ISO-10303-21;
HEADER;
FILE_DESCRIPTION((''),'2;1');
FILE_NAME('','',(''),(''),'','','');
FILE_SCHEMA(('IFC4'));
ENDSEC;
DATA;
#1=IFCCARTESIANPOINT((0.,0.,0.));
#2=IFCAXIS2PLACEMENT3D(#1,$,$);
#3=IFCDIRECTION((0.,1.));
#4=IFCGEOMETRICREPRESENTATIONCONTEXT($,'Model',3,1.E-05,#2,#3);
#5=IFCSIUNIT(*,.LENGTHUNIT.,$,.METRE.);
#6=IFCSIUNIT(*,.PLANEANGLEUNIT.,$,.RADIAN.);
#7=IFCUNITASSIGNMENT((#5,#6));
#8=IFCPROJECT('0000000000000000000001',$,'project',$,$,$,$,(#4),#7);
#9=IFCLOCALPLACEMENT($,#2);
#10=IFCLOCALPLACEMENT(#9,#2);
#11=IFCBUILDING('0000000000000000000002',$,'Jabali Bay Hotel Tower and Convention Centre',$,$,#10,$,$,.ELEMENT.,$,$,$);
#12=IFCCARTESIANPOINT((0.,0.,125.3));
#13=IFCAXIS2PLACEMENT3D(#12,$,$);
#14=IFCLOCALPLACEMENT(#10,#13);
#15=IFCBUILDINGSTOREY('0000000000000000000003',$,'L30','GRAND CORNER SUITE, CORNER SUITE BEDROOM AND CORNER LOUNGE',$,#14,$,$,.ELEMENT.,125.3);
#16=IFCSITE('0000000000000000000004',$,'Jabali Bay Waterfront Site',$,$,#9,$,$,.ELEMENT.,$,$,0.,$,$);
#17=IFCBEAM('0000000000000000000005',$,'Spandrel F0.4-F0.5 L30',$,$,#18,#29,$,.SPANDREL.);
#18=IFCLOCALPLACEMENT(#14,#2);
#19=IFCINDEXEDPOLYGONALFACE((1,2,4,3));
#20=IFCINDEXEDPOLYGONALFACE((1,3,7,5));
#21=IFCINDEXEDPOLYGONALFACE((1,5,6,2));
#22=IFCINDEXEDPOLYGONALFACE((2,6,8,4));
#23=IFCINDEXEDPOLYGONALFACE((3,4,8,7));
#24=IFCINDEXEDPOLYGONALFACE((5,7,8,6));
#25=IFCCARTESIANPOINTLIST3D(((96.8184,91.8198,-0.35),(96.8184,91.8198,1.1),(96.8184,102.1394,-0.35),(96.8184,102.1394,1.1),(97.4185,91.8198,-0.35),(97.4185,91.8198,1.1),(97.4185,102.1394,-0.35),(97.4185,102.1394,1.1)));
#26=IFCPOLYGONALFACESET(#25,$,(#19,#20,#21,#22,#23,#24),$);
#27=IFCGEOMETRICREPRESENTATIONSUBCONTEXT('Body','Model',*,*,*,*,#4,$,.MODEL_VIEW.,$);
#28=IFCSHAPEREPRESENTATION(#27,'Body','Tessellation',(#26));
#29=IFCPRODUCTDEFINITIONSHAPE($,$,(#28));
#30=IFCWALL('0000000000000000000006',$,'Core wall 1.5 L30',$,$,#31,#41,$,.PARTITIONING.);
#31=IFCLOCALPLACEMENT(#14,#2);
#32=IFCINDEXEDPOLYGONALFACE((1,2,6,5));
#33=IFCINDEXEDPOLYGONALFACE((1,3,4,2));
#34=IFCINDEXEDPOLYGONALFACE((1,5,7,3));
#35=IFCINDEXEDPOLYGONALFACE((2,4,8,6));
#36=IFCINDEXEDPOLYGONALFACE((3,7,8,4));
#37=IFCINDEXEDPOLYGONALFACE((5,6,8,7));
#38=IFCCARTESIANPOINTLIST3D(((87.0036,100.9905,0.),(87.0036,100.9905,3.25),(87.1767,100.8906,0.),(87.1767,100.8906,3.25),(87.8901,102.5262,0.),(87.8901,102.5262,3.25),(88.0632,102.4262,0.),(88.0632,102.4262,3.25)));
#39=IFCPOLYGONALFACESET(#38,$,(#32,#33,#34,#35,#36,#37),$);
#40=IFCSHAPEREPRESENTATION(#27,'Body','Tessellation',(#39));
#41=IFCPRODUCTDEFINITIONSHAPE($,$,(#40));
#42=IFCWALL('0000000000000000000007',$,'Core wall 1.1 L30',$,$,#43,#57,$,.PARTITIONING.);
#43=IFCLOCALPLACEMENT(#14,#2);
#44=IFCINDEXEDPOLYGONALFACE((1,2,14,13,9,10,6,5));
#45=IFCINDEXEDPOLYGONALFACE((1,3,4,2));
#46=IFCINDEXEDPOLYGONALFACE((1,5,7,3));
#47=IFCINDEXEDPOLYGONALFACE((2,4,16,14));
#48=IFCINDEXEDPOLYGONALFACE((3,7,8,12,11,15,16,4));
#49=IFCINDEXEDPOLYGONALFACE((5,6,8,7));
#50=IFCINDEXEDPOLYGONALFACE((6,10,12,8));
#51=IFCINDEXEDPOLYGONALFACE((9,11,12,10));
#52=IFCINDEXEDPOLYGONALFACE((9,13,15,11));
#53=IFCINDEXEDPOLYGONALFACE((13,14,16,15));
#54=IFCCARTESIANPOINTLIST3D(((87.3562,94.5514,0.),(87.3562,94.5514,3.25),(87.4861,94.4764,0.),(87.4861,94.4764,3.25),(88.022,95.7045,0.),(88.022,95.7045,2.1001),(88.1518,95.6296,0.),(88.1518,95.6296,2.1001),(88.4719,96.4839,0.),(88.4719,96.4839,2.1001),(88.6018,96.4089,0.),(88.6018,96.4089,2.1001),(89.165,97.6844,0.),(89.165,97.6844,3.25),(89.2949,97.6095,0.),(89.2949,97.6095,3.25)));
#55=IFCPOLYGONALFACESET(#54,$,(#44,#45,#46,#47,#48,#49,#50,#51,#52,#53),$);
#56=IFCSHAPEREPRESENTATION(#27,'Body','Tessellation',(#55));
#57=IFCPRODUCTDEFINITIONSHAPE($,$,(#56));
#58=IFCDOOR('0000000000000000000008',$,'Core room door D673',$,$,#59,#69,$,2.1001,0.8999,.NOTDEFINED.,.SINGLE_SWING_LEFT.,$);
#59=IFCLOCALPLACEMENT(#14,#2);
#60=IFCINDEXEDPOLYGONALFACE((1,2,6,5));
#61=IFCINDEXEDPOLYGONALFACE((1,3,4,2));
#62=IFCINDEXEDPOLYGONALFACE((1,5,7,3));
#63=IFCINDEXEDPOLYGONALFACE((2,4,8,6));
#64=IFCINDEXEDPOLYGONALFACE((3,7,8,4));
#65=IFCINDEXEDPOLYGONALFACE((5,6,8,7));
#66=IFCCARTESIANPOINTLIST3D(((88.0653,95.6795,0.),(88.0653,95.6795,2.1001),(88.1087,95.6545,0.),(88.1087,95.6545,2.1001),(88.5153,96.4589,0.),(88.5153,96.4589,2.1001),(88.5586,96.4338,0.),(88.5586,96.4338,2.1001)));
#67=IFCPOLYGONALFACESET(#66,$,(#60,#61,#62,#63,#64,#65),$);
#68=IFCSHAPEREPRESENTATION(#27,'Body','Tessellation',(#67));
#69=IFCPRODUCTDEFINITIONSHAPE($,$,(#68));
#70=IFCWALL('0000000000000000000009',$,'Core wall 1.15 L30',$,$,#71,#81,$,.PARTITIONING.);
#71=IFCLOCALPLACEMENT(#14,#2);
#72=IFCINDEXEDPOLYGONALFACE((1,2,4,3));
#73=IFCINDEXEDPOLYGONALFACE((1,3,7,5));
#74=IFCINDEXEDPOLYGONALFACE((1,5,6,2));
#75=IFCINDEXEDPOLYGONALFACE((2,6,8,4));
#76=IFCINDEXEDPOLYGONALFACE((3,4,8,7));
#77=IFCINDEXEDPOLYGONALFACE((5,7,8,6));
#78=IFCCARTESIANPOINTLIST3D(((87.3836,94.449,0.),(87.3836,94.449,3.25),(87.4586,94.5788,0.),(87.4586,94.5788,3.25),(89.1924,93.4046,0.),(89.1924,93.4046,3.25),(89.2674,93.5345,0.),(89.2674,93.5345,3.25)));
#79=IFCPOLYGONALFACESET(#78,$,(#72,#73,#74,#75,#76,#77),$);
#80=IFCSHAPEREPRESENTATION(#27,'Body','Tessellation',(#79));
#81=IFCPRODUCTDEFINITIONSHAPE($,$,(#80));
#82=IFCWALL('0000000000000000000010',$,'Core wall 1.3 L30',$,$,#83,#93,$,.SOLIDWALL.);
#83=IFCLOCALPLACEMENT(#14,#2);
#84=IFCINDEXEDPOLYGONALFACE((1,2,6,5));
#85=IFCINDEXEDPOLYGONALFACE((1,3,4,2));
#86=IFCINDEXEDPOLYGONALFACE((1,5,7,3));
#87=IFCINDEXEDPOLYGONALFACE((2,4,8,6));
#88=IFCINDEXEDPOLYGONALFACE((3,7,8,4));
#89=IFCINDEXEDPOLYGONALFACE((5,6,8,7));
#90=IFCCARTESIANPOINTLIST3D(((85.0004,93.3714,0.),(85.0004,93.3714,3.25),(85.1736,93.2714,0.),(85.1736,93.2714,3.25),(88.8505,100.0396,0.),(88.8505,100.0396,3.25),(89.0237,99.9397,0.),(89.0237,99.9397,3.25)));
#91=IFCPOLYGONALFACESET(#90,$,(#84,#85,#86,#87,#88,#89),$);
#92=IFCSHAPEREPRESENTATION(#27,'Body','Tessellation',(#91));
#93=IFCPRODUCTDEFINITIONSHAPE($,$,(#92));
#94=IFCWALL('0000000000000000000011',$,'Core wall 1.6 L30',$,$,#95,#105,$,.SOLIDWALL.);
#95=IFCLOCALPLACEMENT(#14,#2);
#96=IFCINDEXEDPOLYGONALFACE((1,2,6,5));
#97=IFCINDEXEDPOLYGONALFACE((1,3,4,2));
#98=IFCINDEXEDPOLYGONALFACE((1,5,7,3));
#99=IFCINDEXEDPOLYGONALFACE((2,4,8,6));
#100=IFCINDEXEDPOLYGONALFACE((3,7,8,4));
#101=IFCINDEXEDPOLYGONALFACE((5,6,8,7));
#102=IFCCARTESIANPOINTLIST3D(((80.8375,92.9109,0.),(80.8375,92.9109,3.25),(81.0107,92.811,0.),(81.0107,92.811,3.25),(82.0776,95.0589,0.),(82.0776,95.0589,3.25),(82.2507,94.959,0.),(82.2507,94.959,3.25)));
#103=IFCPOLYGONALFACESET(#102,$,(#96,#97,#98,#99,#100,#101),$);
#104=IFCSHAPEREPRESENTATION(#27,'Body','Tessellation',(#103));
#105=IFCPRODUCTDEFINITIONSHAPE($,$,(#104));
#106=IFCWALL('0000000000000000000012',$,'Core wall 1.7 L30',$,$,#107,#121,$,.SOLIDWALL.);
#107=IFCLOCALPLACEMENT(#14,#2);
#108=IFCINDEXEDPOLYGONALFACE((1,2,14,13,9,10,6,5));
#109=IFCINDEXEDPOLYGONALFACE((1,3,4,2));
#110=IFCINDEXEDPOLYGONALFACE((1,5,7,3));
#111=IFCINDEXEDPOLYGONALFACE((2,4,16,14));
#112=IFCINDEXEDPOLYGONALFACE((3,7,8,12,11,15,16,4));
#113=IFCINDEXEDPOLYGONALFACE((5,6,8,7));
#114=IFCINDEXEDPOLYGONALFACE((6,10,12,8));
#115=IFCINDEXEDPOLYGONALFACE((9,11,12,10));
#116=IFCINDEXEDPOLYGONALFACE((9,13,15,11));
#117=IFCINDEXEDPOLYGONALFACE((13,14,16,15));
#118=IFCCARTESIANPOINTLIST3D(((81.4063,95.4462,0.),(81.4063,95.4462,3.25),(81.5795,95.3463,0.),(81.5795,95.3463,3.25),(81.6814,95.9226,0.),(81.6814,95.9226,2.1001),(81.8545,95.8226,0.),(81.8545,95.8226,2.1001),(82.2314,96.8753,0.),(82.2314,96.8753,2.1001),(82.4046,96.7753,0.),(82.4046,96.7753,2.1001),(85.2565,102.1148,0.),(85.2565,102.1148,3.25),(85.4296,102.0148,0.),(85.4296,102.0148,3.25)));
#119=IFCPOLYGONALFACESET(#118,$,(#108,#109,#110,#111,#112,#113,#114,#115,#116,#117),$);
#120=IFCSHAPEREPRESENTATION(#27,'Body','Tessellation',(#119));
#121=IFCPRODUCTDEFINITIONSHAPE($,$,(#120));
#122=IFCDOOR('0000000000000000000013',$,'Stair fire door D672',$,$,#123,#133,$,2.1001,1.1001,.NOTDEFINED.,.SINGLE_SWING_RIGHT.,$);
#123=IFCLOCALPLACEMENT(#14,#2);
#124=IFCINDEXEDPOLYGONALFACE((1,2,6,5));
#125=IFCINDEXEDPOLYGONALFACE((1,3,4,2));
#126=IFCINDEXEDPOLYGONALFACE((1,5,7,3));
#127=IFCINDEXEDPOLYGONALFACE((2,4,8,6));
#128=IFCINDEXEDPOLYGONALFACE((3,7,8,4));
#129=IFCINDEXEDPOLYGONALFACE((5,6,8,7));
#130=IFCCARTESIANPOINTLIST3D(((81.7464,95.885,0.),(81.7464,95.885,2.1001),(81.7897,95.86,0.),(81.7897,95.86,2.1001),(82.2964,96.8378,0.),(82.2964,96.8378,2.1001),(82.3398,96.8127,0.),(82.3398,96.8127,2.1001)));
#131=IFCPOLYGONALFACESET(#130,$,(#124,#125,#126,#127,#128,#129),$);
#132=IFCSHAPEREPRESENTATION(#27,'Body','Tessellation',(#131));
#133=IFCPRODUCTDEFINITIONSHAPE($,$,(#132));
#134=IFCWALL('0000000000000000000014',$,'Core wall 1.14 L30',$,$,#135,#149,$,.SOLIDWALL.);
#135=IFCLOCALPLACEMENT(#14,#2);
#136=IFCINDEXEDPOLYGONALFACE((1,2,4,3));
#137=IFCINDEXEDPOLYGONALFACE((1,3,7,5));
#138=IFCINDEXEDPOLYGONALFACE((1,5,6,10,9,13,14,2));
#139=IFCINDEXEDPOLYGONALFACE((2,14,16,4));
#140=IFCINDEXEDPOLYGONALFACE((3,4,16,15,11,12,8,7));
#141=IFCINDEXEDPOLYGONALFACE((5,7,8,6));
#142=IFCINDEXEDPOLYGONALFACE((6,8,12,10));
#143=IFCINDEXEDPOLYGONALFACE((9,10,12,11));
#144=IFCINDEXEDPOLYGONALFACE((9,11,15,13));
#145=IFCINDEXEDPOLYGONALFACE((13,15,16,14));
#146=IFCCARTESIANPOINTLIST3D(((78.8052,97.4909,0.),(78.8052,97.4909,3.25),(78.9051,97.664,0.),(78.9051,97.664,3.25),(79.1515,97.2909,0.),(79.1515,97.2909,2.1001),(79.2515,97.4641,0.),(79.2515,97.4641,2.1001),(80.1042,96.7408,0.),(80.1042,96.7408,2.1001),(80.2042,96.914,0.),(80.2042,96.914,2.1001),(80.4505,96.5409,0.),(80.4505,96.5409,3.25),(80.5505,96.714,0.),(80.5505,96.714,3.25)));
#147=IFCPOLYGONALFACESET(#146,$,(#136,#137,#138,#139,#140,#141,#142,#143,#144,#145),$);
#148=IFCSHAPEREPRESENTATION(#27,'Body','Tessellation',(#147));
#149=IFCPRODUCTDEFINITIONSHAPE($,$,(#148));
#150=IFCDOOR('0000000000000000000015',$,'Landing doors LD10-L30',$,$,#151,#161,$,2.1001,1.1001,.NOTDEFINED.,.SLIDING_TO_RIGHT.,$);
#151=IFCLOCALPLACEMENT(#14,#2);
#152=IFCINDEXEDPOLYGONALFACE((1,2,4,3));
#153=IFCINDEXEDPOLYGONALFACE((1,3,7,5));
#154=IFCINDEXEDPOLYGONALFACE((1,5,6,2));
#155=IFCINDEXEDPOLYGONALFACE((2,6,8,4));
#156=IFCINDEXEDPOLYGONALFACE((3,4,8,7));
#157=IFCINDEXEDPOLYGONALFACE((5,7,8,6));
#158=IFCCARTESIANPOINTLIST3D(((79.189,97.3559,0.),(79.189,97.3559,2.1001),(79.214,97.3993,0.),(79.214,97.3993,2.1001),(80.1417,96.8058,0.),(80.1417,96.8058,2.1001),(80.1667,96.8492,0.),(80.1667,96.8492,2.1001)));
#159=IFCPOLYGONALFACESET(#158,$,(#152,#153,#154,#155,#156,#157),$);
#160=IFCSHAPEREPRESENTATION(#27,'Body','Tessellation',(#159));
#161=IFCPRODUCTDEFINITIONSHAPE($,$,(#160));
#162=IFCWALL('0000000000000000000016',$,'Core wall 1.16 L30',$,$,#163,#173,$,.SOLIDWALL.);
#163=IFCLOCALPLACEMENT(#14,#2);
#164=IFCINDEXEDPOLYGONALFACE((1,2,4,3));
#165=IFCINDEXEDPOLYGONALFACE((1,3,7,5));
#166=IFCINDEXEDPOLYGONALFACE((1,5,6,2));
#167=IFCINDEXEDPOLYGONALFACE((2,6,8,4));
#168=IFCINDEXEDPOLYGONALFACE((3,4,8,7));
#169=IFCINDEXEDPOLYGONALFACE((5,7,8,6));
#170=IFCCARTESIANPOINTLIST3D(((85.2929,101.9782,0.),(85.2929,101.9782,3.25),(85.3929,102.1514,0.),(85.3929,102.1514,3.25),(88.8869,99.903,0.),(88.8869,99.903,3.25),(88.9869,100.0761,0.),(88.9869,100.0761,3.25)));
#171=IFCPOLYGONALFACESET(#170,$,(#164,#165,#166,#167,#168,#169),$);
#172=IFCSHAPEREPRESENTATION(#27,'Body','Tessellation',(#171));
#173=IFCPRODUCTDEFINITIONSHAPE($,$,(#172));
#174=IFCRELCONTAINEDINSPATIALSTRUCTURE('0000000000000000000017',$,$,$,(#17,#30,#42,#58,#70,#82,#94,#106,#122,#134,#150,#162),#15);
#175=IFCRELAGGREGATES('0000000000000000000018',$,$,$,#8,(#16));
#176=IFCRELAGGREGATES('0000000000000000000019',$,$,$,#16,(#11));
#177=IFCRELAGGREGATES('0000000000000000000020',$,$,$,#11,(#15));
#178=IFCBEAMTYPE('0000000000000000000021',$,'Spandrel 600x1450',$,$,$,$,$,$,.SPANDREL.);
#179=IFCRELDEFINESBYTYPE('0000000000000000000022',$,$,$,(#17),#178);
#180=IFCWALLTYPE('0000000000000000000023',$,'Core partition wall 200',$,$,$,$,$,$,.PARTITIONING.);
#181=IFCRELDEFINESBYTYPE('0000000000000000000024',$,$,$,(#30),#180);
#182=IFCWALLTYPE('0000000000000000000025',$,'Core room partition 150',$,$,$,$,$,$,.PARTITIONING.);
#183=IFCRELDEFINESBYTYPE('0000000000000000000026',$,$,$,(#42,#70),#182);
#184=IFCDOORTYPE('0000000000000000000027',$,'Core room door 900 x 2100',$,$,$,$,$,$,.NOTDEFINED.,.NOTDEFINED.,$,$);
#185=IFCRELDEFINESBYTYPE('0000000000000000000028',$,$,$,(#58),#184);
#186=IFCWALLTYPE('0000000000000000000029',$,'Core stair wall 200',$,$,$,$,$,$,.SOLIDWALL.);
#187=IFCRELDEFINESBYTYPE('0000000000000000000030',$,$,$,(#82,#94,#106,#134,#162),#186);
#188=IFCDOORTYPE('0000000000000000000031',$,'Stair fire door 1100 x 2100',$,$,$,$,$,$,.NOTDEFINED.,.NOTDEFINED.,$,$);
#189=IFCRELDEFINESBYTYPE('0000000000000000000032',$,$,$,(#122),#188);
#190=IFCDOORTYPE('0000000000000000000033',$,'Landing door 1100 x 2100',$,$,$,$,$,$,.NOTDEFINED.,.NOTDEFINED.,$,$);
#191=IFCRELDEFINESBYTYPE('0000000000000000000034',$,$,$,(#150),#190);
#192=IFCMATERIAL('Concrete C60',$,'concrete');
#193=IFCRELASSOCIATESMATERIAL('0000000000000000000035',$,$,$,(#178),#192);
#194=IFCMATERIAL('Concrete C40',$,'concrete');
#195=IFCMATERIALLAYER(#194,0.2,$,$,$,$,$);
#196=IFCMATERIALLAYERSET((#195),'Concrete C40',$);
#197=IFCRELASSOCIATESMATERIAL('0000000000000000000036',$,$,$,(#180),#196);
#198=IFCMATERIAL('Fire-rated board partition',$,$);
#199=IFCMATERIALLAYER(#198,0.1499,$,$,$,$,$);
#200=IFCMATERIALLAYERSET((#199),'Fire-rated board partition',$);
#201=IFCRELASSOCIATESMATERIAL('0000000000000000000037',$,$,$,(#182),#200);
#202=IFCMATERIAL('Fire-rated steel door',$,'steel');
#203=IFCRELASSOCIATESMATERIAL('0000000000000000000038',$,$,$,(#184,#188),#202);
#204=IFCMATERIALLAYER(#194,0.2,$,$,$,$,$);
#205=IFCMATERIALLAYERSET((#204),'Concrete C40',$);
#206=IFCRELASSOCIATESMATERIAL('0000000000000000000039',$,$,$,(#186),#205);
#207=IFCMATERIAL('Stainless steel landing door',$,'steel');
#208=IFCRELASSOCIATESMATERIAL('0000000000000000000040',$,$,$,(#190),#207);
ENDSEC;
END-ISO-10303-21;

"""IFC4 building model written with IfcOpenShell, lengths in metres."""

from ifc_helpers import new_model, si_unit, direction, frame, frame_2d, origin, origin_2d, place, context, subcontext, project, spatial, rectangle, extrude, material, layer, layer_set, material_profile, profile_set, type_object, element, fill, save


model = new_model("IFC4")

# Units and contexts
model_context = context("Model", 3, precision=1e-05, world=origin(), true_north=direction((0.0, 1.0)))
body_context = subcontext(model_context, "Body", "Model", "MODEL_VIEW")
ifc_project = project(units=[si_unit("LENGTHUNIT", "METRE"), si_unit("PLANEANGLEUNIT", "RADIAN")], contexts=[model_context])

# Site, building, storey
site_placement = place(None, origin())
site = spatial("IfcSite", under=ifc_project, at=site_placement, Name="Jabali Bay Waterfront Site", CompositionType="ELEMENT", RefElevation=0.0)
building_placement = place(site_placement, origin())
building = spatial("IfcBuilding", under=site, at=building_placement, Name="Jabali Bay Hotel Tower and Convention Centre", CompositionType="ELEMENT")
storey_placement = place(building_placement, frame((0.0, 0.0, 125.3)))
storey = spatial("IfcBuildingStorey", under=building, at=storey_placement, Name="L30", Description="GRAND CORNER SUITE, CORNER SUITE BEDROOM AND CORNER LOUNGE", CompositionType="ELEMENT", Elevation=125.3)

# Beam
ifc_material_1 = material(Name="Concrete C60", Category="concrete")
ifc_material_profile = material_profile(ifc_material_1, rectangle(XDim=0.6001, YDim=1.45, at=origin_2d()), Name="Spandrel 600x1450")
ifc_profile_set = profile_set([ifc_material_profile], Name="Concrete C60")
beam_type = type_object("IfcBeamType", Name="Spandrel 600x1450", PredefinedType="SPANDREL", material=ifc_profile_set)
beam_placement = place(storey_placement, frame((97.1184, 91.8198, 0.375), z_axis=(0.0, 1.0, 0.0), x_axis=(-1.0, 0.0, 0.0)))
element("IfcBeam", 1, at=beam_placement, inside=storey, type_object=beam_type, Name="Spandrel F0.4-F0.5 L30", PredefinedType="SPANDREL", context=body_context, shape_type="SweptSolid", body=[
    extrude(rectangle(XDim=0.6001, YDim=1.45, at=origin_2d()), origin(), (0.0, 0.0, 1.0), 10.3196),
])

# Wall
ifc_material_2 = material(Name="Concrete C40", Category="concrete")
ifc_layer_1 = layer(ifc_material_2, 0.2)
ifc_layer_set_1 = layer_set([ifc_layer_1], Name="Concrete C40")
wall_type_1 = type_object("IfcWallType", Name="Core partition wall 200", PredefinedType="PARTITIONING", material=ifc_layer_set_1)
wall_1_placement = place(storey_placement, frame((87.0901, 100.9404, 0.0), z_axis=(0.0, 0.0, 1.0), x_axis=(0.499945, 0.866057, 0.0)))
element("IfcWall", 2, at=wall_1_placement, inside=storey, type_object=wall_type_1, Name="Core wall 1.5 L30", PredefinedType="PARTITIONING", context=body_context, shape_type="SweptSolid", body=[
    extrude(rectangle(XDim=1.7732, YDim=0.2, at=frame_2d((0.8867, 0.0))), origin(), (0.0, 0.0, 1.0), 3.25),
])

# Wall, opening, door
ifc_material_3 = material(Name="Fire-rated board partition")
ifc_layer_2 = layer(ifc_material_3, 0.1499)
ifc_layer_set_2 = layer_set([ifc_layer_2], Name="Fire-rated board partition")
wall_type_2 = type_object("IfcWallType", Name="Core room partition 150", PredefinedType="PARTITIONING", material=ifc_layer_set_2)
wall_2_placement = place(storey_placement, frame((87.4211, 94.5139, 0.0), z_axis=(0.0, 0.0, 1.0), x_axis=(0.499993, 0.866029, 0.0)))
wall_2 = element("IfcWall", 3, at=wall_2_placement, inside=storey, type_object=wall_type_2, Name="Core wall 1.1 L30", PredefinedType="PARTITIONING", context=body_context, shape_type="SweptSolid", body=[
    extrude(rectangle(XDim=3.6177, YDim=0.1499, at=frame_2d((1.8088, 0.0))), origin(), (0.0, 0.0, 1.0), 3.25),
])
opening_1_placement = place(wall_2_placement, frame((1.3315, 0.0, 0.0)))
opening_1 = element("IfcOpeningElement", 4, at=opening_1_placement, cuts=wall_2, PredefinedType="OPENING", context=body_context, shape_type="SweptSolid", body=[
    extrude(rectangle(XDim=0.8999, YDim=2.1001, at=frame_2d((0.45, 1.05))), frame((0.0, 0.0854, 0.0), z_axis=(0.0, -1.0, 0.0), x_axis=(1.0, 0.0, 0.0)), (0.0, 0.0, 1.0), 0.1709),
])
ifc_material_4 = material(Name="Fire-rated steel door", Category="steel")
door_type_1 = type_object("IfcDoorType", Name="Core room door 900 x 2100", OperationType="NOTDEFINED", PredefinedType="NOTDEFINED", material=ifc_material_4)
door_1_placement = place(opening_1_placement, origin())
door_1 = element("IfcDoor", 5, at=door_1_placement, inside=storey, type_object=door_type_1, Name="Core room door D673", OperationType="SINGLE_SWING_LEFT", OverallHeight=2.1001, OverallWidth=0.8999, PredefinedType="NOTDEFINED", context=body_context, shape_type="SweptSolid", body=[
    extrude(rectangle(XDim=0.8999, YDim=2.1001, at=frame_2d((0.45, 1.05))), frame((0.0, 0.0249, 0.0), z_axis=(0.0, -1.0, 0.0), x_axis=(1.0, 0.0, 0.0)), (0.0, 0.0, 1.0), 0.05),
])
fill(opening_1, door_1)

# Walls
wall_3_placement = place(storey_placement, frame((89.23, 93.4695, 0.0), z_axis=(0.0, 0.0, 1.0), x_axis=(-0.866005, 0.500036, 0.0)))
element("IfcWall", 6, at=wall_3_placement, inside=storey, type_object=wall_type_2, Name="Core wall 1.15 L30", PredefinedType="PARTITIONING", context=body_context, shape_type="SweptSolid", body=[
    extrude(rectangle(XDim=2.0886, YDim=0.1499, at=frame_2d((1.0444, 0.0))), origin(), (0.0, 0.0, 1.0), 3.25),
])
ifc_layer_3 = layer(ifc_material_2, 0.2)
ifc_layer_set_3 = layer_set([ifc_layer_3], Name="Concrete C40")
wall_type_3 = type_object("IfcWallType", Name="Core stair wall 200", PredefinedType="SOLIDWALL", material=ifc_layer_set_3)
wall_4_placement = place(storey_placement, frame((85.0869, 93.3213, 0.0), z_axis=(0.0, 0.0, 1.0), x_axis=(0.50002, 0.866014, 0.0)))
element("IfcWall", 7, at=wall_4_placement, inside=storey, type_object=wall_type_3, Name="Core wall 1.3 L30", PredefinedType="SOLIDWALL", context=body_context, shape_type="SweptSolid", body=[
    extrude(rectangle(XDim=7.7, YDim=0.2, at=frame_2d((3.8501, 0.0))), origin(), (0.0, 0.0, 1.0), 3.25),
])
wall_5_placement = place(storey_placement, frame((80.9241, 92.8608, 0.0), z_axis=(0.0, 0.0, 1.0), x_axis=(0.499961, 0.866048, 0.0)))
element("IfcWall", 8, at=wall_5_placement, inside=storey, type_object=wall_type_3, Name="Core wall 1.6 L30", PredefinedType="SOLIDWALL", context=body_context, shape_type="SweptSolid", body=[
    extrude(rectangle(XDim=2.4802, YDim=0.2, at=frame_2d((1.2402, 0.0))), origin(), (0.0, 0.0, 1.0), 3.25),
])

# Walls, openings, doors
wall_6_placement = place(storey_placement, frame((81.4929, 95.3962, 0.0), z_axis=(0.0, 0.0, 1.0), x_axis=(0.500006, 0.866022, 0.0)))
wall_6 = element("IfcWall", 9, at=wall_6_placement, inside=storey, type_object=wall_type_3, Name="Core wall 1.7 L30", PredefinedType="SOLIDWALL", context=body_context, shape_type="SweptSolid", body=[
    extrude(rectangle(XDim=7.7002, YDim=0.2, at=frame_2d((3.8501, 0.0))), origin(), (0.0, 0.0, 1.0), 3.25),
])
opening_2_placement = place(wall_6_placement, frame((0.55, 0.0, 0.0)))
opening_2 = element("IfcOpeningElement", 10, at=opening_2_placement, cuts=wall_6, PredefinedType="OPENING", context=body_context, shape_type="SweptSolid", body=[
    extrude(rectangle(XDim=1.1001, YDim=2.1001, at=frame_2d((0.55, 1.05))), frame((0.0, 0.1104, 0.0), z_axis=(0.0, -1.0, 0.0), x_axis=(1.0, 0.0, 0.0)), (0.0, 0.0, 1.0), 0.2209),
])
door_type_2 = type_object("IfcDoorType", Name="Stair fire door 1100 x 2100", OperationType="NOTDEFINED", PredefinedType="NOTDEFINED", material=ifc_material_4)
door_2_placement = place(opening_2_placement, origin())
door_2 = element("IfcDoor", 11, at=door_2_placement, inside=storey, type_object=door_type_2, Name="Stair fire door D672", OperationType="SINGLE_SWING_RIGHT", OverallHeight=2.1001, OverallWidth=1.1001, PredefinedType="NOTDEFINED", context=body_context, shape_type="SweptSolid", body=[
    extrude(rectangle(XDim=1.1001, YDim=2.1001, at=frame_2d((0.55, 1.05))), frame((0.0, 0.0249, 0.0), z_axis=(0.0, -1.0, 0.0), x_axis=(1.0, 0.0, 0.0)), (0.0, 0.0, 1.0), 0.05),
])
fill(opening_2, door_2)
wall_7_placement = place(storey_placement, frame((80.5005, 96.6274, 0.0), z_axis=(0.0, 0.0, 1.0), x_axis=(-0.866012, 0.500023, 0.0)))
wall_7 = element("IfcWall", 12, at=wall_7_placement, inside=storey, type_object=wall_type_3, Name="Core wall 1.14 L30", PredefinedType="SOLIDWALL", context=body_context, shape_type="SweptSolid", body=[
    extrude(rectangle(XDim=1.8999, YDim=0.2, at=frame_2d((0.95, 0.0))), origin(), (0.0, 0.0, 1.0), 3.25),
])
opening_3_placement = place(wall_7_placement, frame((0.3999, 0.0, 0.0)))
opening_3 = element("IfcOpeningElement", 13, at=opening_3_placement, cuts=wall_7, PredefinedType="OPENING", context=body_context, shape_type="SweptSolid", body=[
    extrude(rectangle(XDim=1.1001, YDim=2.1001, at=frame_2d((0.55, 1.05))), frame((0.0, 0.1104, 0.0), z_axis=(0.0, -1.0, 0.0), x_axis=(1.0, 0.0, 0.0)), (0.0, 0.0, 1.0), 0.2209),
])
ifc_material_5 = material(Name="Stainless steel landing door", Category="steel")
door_type_3 = type_object("IfcDoorType", Name="Landing door 1100 x 2100", OperationType="NOTDEFINED", PredefinedType="NOTDEFINED", material=ifc_material_5)
door_3_placement = place(opening_3_placement, origin())
door_3 = element("IfcDoor", 14, at=door_3_placement, inside=storey, type_object=door_type_3, Name="Landing doors LD10-L30", OperationType="SLIDING_TO_RIGHT", OverallHeight=2.1001, OverallWidth=1.1001, PredefinedType="NOTDEFINED", context=body_context, shape_type="SweptSolid", body=[
    extrude(rectangle(XDim=1.1001, YDim=2.1001, at=frame_2d((0.55, 1.05))), frame((0.0, 0.0249, 0.0), z_axis=(0.0, -1.0, 0.0), x_axis=(1.0, 0.0, 0.0)), (0.0, 0.0, 1.0), 0.05),
])
fill(opening_3, door_3)

# Wall
wall_8_placement = place(storey_placement, frame((88.937, 99.9895, 0.0), z_axis=(0.0, 0.0, 1.0), x_axis=(-0.866004, 0.500036, 0.0)))
element("IfcWall", 15, at=wall_8_placement, inside=storey, type_object=wall_type_3, Name="Core wall 1.16 L30", PredefinedType="SOLIDWALL", context=body_context, shape_type="SweptSolid", body=[
    extrude(rectangle(XDim=4.1501, YDim=0.2, at=frame_2d((2.0752, 0.0))), origin(), (0.0, 0.0, 1.0), 3.25),
])

save(model, "model.ifc")
